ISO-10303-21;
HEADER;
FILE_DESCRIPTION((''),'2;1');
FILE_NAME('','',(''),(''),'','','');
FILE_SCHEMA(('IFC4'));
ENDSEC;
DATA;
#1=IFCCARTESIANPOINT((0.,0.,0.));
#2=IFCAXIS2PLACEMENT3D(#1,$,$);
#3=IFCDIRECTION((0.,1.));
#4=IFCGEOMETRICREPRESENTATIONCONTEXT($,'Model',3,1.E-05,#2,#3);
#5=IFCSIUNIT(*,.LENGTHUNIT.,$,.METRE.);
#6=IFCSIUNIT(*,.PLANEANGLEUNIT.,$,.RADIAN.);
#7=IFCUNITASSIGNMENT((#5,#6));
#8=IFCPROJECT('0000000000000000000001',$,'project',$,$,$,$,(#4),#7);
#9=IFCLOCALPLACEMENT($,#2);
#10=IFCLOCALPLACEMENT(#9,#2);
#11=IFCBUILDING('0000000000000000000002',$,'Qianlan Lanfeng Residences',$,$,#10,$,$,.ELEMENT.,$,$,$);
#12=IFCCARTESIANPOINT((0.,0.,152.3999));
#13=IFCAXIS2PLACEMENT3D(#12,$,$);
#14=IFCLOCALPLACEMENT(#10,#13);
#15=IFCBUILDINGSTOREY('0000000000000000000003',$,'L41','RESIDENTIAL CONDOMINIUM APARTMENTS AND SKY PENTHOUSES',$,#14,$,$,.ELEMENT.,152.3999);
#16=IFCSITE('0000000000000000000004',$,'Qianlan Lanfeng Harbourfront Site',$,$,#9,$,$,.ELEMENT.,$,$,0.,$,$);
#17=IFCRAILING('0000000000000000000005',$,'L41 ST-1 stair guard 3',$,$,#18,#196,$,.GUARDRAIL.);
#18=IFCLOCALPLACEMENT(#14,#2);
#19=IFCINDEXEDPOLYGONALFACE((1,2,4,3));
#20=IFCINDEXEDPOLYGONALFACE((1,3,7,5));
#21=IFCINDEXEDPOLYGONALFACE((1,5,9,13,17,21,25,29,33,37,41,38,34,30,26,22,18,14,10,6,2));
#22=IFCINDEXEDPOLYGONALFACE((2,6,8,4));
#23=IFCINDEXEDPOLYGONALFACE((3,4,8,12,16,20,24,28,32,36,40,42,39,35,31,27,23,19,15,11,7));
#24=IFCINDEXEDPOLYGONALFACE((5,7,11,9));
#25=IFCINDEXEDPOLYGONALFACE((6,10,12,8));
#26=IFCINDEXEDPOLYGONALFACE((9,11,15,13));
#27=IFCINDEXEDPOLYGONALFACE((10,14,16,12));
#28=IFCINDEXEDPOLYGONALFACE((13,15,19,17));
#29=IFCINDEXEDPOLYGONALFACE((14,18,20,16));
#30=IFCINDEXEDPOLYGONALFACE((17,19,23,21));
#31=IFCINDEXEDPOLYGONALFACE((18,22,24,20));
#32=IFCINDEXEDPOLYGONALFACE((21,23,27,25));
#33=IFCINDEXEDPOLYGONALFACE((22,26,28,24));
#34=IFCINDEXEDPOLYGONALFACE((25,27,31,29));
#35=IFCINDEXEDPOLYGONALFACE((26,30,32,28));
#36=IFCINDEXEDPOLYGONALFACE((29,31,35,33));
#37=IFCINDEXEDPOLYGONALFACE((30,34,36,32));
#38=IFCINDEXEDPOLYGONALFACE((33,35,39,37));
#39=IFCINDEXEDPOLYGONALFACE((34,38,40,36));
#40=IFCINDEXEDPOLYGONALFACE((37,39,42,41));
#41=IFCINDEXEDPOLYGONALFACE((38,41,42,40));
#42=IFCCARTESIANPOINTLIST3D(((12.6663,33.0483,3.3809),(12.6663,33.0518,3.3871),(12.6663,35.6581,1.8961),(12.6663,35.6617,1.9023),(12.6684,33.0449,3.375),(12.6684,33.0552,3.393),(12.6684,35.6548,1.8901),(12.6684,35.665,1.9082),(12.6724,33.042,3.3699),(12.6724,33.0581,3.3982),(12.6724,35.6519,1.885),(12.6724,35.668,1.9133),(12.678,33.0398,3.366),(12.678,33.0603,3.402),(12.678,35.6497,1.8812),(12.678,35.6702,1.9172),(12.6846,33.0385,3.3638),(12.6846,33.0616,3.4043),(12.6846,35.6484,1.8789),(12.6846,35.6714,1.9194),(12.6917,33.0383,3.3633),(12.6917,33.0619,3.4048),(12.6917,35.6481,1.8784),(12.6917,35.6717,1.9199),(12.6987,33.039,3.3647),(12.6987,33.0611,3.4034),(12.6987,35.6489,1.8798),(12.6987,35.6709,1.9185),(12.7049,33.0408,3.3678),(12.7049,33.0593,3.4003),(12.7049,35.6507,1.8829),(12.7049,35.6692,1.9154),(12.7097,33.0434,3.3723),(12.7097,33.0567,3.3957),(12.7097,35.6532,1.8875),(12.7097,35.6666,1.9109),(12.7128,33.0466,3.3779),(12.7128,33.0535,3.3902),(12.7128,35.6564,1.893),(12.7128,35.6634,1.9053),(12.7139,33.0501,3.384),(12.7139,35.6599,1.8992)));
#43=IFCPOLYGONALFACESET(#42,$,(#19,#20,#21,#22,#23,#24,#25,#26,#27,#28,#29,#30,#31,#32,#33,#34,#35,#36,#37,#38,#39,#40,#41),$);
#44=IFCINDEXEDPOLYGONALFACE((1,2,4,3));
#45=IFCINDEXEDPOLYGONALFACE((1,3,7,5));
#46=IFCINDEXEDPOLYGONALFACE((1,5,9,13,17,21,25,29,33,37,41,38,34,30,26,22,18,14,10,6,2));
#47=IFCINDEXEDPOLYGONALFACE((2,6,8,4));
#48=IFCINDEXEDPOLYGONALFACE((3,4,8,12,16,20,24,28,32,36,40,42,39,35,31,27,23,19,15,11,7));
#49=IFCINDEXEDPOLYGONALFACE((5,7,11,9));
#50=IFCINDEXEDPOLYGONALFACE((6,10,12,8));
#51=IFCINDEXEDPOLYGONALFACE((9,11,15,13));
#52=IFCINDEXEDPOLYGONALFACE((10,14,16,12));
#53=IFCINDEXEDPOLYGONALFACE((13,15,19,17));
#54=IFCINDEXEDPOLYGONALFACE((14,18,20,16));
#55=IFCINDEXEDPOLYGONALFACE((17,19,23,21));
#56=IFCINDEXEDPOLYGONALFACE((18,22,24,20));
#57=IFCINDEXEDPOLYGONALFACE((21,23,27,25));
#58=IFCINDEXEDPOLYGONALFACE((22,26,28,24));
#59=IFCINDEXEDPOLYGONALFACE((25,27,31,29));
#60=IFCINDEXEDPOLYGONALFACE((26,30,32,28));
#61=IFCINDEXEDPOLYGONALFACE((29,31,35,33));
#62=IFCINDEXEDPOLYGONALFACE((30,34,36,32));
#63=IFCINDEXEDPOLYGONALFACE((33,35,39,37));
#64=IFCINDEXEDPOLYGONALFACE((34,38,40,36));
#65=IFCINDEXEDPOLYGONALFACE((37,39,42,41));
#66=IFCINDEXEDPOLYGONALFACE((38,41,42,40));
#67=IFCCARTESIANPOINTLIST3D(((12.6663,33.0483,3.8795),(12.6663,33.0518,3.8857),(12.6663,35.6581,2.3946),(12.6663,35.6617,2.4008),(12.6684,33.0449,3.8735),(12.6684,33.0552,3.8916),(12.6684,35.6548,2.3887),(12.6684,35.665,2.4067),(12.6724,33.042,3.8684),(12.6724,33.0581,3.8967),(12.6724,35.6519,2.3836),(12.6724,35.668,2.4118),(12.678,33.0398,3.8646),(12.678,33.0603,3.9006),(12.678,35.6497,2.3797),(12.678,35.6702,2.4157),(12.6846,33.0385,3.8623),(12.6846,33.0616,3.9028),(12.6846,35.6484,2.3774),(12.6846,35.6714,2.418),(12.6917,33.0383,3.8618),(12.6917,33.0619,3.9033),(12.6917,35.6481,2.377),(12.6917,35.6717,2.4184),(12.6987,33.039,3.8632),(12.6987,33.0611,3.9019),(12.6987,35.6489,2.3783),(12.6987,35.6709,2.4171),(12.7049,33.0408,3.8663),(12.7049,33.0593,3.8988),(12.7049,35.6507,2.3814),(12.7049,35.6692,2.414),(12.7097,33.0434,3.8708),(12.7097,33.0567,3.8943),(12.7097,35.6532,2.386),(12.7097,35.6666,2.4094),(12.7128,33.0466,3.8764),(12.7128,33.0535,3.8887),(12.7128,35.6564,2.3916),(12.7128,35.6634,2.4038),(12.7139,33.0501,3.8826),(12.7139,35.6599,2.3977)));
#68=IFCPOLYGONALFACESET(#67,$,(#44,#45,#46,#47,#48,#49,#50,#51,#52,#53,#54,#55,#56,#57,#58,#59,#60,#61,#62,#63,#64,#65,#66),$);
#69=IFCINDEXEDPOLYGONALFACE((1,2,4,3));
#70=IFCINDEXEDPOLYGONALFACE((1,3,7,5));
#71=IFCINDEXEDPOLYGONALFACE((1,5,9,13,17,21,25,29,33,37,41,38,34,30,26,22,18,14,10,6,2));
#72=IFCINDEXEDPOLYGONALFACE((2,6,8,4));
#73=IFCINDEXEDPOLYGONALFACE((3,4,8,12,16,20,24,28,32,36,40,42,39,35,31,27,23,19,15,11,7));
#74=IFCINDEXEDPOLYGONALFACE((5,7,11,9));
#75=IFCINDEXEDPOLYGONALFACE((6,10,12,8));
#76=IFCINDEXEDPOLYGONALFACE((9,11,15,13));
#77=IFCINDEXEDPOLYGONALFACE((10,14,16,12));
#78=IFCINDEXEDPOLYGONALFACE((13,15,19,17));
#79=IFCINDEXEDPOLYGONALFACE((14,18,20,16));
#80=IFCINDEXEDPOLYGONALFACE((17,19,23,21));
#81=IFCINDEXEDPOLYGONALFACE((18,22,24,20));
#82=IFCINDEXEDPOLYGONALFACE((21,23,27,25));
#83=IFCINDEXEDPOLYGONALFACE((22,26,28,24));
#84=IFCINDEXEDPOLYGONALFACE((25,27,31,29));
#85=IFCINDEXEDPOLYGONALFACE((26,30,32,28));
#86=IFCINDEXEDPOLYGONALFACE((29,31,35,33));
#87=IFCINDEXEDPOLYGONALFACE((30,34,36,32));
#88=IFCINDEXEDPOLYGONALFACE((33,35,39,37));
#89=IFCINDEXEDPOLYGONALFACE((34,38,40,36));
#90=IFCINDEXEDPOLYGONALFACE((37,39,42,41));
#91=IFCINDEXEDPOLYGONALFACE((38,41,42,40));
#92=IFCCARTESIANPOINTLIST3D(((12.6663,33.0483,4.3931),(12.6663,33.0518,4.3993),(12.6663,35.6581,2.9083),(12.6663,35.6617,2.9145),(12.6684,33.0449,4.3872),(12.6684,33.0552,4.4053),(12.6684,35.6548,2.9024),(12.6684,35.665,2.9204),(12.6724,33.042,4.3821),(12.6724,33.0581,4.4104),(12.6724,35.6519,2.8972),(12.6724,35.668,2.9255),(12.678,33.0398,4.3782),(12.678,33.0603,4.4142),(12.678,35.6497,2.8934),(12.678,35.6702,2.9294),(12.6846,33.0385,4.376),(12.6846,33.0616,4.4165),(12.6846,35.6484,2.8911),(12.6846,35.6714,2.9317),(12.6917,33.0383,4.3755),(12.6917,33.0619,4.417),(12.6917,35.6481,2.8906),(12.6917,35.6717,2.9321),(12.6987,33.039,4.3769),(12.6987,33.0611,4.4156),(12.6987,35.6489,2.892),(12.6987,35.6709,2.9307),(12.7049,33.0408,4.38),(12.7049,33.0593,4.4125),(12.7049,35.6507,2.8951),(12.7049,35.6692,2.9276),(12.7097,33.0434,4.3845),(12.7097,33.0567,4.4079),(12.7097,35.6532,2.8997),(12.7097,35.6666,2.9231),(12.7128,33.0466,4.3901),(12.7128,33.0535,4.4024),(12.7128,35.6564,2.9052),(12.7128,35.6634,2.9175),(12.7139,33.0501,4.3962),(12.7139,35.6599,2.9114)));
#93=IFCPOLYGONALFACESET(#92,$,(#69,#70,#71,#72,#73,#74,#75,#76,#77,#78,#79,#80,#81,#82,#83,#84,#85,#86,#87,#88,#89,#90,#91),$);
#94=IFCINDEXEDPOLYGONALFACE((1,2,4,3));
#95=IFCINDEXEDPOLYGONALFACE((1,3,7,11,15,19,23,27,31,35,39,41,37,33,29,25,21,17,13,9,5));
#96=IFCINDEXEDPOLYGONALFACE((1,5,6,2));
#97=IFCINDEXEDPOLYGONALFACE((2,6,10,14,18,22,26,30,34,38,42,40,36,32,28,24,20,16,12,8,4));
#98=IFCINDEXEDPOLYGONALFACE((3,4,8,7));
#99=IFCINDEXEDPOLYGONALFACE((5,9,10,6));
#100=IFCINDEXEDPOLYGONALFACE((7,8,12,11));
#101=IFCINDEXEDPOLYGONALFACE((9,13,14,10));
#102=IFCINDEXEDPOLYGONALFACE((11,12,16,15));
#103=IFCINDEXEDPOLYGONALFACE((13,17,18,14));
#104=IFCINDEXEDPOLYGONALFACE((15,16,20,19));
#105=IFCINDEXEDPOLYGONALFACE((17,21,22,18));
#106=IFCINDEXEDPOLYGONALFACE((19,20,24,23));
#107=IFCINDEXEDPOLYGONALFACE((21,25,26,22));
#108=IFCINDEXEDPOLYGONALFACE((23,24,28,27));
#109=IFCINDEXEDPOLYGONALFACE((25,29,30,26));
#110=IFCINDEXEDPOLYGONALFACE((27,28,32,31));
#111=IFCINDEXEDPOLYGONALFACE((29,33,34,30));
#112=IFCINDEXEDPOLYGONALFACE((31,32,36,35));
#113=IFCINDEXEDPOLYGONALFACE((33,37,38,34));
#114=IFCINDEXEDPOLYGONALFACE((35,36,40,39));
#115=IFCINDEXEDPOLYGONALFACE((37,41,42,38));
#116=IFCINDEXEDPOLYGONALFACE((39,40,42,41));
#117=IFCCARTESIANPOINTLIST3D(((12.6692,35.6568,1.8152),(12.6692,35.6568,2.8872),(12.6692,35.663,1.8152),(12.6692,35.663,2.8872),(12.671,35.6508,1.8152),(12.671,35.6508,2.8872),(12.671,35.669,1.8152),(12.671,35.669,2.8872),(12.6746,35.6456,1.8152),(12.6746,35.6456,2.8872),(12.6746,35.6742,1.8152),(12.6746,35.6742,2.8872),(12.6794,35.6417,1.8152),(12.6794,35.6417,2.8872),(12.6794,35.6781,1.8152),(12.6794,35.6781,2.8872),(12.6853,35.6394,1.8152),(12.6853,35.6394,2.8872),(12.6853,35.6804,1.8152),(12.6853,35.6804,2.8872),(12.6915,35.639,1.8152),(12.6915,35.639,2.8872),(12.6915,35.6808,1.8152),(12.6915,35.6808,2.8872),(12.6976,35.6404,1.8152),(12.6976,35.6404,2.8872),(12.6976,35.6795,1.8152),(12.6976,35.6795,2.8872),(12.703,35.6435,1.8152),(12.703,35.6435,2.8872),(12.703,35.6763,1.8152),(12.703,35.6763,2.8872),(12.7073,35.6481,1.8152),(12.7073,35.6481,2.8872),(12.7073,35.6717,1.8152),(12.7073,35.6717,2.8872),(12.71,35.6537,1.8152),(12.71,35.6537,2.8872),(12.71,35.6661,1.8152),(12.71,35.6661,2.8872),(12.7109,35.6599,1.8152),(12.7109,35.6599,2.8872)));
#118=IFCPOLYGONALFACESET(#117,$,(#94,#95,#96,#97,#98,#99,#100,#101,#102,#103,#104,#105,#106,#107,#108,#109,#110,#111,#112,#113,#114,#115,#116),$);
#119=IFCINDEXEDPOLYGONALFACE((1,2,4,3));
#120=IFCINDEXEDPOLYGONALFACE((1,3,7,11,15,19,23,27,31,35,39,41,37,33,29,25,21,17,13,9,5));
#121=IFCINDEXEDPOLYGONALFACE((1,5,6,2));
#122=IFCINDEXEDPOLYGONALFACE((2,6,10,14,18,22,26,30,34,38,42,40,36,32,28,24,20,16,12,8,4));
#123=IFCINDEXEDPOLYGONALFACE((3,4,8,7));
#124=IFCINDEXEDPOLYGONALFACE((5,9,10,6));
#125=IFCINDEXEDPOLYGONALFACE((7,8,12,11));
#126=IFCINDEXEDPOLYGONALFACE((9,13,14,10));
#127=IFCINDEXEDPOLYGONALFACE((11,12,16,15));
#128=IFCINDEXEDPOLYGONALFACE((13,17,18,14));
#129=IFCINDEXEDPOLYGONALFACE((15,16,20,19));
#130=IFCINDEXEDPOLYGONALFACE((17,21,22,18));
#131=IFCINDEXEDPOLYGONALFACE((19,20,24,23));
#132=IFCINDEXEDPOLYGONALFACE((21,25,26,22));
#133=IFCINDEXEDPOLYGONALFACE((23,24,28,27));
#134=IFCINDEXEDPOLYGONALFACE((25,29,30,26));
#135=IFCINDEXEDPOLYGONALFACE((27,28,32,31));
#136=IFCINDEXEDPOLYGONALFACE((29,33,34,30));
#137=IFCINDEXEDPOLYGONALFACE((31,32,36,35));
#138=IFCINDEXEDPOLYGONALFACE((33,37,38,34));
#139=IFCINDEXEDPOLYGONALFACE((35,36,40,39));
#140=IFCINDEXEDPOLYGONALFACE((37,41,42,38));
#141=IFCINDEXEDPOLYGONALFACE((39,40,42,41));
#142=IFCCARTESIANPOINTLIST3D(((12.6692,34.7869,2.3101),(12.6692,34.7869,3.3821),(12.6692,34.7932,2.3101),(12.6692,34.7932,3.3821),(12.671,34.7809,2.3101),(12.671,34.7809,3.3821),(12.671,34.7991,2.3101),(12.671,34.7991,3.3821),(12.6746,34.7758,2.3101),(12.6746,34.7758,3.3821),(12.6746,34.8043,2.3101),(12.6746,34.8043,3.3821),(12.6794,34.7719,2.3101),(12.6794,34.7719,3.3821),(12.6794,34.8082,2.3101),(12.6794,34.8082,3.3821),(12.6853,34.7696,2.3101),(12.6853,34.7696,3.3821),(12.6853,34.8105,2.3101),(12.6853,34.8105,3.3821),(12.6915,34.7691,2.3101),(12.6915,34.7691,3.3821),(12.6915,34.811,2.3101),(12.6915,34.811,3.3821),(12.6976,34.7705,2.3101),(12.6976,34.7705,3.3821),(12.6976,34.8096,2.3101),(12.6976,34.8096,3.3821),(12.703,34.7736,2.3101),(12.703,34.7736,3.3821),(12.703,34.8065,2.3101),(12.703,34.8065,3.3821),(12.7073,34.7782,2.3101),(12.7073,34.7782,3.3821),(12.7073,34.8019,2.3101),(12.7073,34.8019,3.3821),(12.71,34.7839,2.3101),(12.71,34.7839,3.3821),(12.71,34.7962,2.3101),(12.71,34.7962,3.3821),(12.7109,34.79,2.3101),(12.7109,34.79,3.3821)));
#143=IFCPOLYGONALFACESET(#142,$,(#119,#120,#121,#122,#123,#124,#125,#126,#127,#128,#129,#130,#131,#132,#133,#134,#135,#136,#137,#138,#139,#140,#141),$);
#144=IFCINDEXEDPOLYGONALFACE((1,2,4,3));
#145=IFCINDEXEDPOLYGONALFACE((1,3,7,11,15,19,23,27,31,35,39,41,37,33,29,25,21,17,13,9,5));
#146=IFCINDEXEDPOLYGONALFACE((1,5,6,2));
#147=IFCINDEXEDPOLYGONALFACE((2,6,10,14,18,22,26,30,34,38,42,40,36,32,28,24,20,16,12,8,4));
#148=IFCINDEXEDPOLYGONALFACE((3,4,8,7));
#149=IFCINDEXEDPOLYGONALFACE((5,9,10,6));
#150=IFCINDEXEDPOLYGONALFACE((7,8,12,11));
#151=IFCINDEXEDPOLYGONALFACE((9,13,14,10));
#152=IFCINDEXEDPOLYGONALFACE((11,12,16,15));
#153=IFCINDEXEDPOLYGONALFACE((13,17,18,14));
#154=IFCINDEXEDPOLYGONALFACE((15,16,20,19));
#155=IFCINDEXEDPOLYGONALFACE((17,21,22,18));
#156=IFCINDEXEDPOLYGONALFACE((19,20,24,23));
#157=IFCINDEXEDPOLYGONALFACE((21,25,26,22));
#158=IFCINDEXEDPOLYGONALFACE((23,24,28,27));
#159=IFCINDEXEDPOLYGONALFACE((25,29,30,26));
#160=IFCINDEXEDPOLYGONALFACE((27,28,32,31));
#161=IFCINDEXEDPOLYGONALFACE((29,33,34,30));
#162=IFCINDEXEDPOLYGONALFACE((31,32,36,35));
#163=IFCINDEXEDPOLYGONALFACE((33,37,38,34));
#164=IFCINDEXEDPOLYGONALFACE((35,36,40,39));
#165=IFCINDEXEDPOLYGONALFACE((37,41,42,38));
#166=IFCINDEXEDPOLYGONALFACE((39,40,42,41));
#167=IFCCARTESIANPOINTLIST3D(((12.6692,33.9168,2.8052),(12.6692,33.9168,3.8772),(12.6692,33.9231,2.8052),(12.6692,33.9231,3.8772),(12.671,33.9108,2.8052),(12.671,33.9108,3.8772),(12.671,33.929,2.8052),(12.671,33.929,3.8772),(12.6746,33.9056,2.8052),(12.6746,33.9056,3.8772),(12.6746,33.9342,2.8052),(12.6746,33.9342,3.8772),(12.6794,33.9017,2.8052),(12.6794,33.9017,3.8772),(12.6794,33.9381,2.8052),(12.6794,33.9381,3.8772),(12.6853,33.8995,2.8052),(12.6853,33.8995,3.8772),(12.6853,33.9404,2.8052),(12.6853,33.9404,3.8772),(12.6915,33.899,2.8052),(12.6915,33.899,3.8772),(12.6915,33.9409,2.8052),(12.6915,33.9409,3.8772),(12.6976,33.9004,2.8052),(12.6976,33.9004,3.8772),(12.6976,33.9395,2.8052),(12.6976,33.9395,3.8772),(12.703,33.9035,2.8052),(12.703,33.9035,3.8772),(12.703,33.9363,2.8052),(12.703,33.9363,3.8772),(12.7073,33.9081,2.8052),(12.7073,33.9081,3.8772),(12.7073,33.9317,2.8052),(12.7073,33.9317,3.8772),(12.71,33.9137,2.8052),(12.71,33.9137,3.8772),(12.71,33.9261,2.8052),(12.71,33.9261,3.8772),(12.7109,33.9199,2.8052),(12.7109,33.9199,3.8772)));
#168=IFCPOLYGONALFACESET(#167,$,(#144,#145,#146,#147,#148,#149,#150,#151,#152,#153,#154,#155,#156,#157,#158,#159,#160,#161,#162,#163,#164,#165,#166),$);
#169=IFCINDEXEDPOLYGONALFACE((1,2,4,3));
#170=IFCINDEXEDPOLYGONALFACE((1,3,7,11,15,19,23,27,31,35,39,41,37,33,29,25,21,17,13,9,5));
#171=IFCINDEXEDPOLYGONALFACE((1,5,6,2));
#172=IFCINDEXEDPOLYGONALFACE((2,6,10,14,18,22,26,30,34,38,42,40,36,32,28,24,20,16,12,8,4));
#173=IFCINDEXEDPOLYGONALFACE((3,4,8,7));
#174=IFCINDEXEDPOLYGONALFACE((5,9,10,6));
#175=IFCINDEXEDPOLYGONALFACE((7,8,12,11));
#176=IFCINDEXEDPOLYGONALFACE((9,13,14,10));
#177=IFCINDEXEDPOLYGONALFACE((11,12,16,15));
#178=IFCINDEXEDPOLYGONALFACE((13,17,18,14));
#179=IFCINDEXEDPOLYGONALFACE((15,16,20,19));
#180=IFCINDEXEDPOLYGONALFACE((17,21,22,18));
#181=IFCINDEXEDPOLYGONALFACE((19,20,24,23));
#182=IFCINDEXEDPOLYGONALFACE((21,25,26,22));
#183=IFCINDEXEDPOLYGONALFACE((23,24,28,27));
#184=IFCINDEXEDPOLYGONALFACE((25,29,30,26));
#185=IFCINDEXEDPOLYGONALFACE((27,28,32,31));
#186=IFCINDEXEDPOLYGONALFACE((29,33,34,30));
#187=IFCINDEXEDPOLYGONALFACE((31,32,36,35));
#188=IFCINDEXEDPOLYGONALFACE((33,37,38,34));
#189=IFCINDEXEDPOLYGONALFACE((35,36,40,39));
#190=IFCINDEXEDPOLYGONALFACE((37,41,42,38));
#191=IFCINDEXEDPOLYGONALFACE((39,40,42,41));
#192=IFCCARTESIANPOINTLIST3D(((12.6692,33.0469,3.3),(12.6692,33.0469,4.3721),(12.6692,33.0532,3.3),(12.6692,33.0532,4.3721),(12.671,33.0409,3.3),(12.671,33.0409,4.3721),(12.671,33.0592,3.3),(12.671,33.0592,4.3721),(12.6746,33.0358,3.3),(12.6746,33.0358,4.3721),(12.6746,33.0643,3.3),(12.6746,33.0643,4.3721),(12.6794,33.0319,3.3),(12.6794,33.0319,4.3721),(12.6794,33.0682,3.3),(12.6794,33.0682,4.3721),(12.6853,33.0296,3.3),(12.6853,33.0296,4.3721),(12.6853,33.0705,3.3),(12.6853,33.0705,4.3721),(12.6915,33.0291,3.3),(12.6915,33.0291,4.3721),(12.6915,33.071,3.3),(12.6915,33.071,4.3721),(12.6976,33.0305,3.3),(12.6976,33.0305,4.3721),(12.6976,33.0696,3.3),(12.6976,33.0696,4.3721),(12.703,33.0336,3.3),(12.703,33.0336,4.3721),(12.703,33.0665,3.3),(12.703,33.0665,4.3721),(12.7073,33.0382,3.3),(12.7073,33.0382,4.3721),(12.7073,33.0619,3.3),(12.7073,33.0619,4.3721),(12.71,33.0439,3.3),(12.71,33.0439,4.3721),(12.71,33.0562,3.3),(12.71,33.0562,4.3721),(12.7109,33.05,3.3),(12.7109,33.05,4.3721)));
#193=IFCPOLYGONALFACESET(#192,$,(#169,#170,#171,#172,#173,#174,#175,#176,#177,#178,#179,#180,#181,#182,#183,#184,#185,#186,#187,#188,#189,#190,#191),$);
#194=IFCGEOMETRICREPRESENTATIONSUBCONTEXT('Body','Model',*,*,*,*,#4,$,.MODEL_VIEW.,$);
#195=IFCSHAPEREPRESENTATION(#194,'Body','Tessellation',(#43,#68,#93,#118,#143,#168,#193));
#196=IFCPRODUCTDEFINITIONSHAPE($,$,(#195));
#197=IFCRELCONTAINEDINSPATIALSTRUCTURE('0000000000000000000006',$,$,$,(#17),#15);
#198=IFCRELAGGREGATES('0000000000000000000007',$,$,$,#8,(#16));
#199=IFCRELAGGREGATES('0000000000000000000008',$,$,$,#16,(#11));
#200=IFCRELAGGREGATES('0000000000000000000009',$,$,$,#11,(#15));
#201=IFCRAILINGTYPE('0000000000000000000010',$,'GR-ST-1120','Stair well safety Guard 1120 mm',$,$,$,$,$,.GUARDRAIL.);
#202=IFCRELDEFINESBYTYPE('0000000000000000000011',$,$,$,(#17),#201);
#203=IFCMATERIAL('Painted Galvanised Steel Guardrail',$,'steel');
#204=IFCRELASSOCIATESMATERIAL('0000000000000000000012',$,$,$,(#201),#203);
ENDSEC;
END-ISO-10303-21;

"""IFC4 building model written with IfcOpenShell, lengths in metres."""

from ifc_helpers import new_model, si_unit, direction, frame, origin, origin_2d, place, context, subcontext, project, spatial, circle, extrude, material, type_object, element, save


model = new_model("IFC4")

# Units and contexts
model_context = context("Model", 3, precision=1e-05, world=origin(), true_north=direction((0.0, 1.0)))
body_context = subcontext(model_context, "Body", "Model", "MODEL_VIEW")
ifc_project = project(units=[si_unit("LENGTHUNIT", "METRE"), si_unit("PLANEANGLEUNIT", "RADIAN")], contexts=[model_context])

# Site, building, storey
site_placement = place(None, origin())
site = spatial("IfcSite", under=ifc_project, at=site_placement, Name="Qianlan Lanfeng Harbourfront Site", CompositionType="ELEMENT", RefElevation=0.0)
building_placement = place(site_placement, origin())
building = spatial("IfcBuilding", under=site, at=building_placement, Name="Qianlan Lanfeng Residences", CompositionType="ELEMENT")
storey_placement = place(building_placement, frame((0.0, 0.0, 152.3999)))
storey = spatial("IfcBuildingStorey", under=building, at=storey_placement, Name="L41", Description="RESIDENTIAL CONDOMINIUM APARTMENTS AND SKY PENTHOUSES", CompositionType="ELEMENT", Elevation=152.3999)

# Railing
ifc_material_1 = material(Name="Painted Galvanised Steel Guardrail", Category="steel")
railing_type_1 = type_object("IfcRailingType", Name="GR-ST-1120", Description="Stair well safety Guard 1120 mm", PredefinedType="GUARDRAIL", material=ifc_material_1)
railing_1_placement = place(storey_placement, frame((12.6899, 35.6599, 1.8152)))
element("IfcRailing", 1, at=railing_1_placement, inside=storey, type_object=railing_type_1, Name="L41 ST-1 stair guard 3", PredefinedType="GUARDRAIL", context=body_context, shape_type="SweptSolid", body=[
    extrude(circle(Radius=0.0239, at=origin_2d()), frame((0.0, 0.0, 0.084), z_axis=(0.0, -0.869172, 0.494509), x_axis=(1.0, 0.0, 0.0)), (0.0, 0.0, 1.0), 3.0027),
    extrude(circle(Radius=0.0239, at=origin_2d()), frame((0.0, 0.0, 0.5825), z_axis=(0.0, -0.869172, 0.494509), x_axis=(1.0, 0.0, 0.0)), (0.0, 0.0, 1.0), 3.0027),
    extrude(circle(Radius=0.0239, at=origin_2d()), frame((0.0, 0.0, 1.0962), z_axis=(0.0, -0.869172, 0.494509), x_axis=(1.0, 0.0, 0.0)), (0.0, 0.0, 1.0), 3.0027),
    extrude(circle(Radius=0.021, at=origin_2d()), origin(), (0.0, 0.0, 1.0), 1.072),
    extrude(circle(Radius=0.021, at=origin_2d()), frame((0.0, -0.8699, 0.4949)), (0.0, 0.0, 1.0), 1.072),
    extrude(circle(Radius=0.021, at=origin_2d()), frame((0.0, -1.74, 0.99)), (0.0, 0.0, 1.0), 1.072),
    extrude(circle(Radius=0.021, at=origin_2d()), frame((0.0, -2.6099, 1.4849)), (0.0, 0.0, 1.0), 1.072),
])

save(model, "model.ifc")
